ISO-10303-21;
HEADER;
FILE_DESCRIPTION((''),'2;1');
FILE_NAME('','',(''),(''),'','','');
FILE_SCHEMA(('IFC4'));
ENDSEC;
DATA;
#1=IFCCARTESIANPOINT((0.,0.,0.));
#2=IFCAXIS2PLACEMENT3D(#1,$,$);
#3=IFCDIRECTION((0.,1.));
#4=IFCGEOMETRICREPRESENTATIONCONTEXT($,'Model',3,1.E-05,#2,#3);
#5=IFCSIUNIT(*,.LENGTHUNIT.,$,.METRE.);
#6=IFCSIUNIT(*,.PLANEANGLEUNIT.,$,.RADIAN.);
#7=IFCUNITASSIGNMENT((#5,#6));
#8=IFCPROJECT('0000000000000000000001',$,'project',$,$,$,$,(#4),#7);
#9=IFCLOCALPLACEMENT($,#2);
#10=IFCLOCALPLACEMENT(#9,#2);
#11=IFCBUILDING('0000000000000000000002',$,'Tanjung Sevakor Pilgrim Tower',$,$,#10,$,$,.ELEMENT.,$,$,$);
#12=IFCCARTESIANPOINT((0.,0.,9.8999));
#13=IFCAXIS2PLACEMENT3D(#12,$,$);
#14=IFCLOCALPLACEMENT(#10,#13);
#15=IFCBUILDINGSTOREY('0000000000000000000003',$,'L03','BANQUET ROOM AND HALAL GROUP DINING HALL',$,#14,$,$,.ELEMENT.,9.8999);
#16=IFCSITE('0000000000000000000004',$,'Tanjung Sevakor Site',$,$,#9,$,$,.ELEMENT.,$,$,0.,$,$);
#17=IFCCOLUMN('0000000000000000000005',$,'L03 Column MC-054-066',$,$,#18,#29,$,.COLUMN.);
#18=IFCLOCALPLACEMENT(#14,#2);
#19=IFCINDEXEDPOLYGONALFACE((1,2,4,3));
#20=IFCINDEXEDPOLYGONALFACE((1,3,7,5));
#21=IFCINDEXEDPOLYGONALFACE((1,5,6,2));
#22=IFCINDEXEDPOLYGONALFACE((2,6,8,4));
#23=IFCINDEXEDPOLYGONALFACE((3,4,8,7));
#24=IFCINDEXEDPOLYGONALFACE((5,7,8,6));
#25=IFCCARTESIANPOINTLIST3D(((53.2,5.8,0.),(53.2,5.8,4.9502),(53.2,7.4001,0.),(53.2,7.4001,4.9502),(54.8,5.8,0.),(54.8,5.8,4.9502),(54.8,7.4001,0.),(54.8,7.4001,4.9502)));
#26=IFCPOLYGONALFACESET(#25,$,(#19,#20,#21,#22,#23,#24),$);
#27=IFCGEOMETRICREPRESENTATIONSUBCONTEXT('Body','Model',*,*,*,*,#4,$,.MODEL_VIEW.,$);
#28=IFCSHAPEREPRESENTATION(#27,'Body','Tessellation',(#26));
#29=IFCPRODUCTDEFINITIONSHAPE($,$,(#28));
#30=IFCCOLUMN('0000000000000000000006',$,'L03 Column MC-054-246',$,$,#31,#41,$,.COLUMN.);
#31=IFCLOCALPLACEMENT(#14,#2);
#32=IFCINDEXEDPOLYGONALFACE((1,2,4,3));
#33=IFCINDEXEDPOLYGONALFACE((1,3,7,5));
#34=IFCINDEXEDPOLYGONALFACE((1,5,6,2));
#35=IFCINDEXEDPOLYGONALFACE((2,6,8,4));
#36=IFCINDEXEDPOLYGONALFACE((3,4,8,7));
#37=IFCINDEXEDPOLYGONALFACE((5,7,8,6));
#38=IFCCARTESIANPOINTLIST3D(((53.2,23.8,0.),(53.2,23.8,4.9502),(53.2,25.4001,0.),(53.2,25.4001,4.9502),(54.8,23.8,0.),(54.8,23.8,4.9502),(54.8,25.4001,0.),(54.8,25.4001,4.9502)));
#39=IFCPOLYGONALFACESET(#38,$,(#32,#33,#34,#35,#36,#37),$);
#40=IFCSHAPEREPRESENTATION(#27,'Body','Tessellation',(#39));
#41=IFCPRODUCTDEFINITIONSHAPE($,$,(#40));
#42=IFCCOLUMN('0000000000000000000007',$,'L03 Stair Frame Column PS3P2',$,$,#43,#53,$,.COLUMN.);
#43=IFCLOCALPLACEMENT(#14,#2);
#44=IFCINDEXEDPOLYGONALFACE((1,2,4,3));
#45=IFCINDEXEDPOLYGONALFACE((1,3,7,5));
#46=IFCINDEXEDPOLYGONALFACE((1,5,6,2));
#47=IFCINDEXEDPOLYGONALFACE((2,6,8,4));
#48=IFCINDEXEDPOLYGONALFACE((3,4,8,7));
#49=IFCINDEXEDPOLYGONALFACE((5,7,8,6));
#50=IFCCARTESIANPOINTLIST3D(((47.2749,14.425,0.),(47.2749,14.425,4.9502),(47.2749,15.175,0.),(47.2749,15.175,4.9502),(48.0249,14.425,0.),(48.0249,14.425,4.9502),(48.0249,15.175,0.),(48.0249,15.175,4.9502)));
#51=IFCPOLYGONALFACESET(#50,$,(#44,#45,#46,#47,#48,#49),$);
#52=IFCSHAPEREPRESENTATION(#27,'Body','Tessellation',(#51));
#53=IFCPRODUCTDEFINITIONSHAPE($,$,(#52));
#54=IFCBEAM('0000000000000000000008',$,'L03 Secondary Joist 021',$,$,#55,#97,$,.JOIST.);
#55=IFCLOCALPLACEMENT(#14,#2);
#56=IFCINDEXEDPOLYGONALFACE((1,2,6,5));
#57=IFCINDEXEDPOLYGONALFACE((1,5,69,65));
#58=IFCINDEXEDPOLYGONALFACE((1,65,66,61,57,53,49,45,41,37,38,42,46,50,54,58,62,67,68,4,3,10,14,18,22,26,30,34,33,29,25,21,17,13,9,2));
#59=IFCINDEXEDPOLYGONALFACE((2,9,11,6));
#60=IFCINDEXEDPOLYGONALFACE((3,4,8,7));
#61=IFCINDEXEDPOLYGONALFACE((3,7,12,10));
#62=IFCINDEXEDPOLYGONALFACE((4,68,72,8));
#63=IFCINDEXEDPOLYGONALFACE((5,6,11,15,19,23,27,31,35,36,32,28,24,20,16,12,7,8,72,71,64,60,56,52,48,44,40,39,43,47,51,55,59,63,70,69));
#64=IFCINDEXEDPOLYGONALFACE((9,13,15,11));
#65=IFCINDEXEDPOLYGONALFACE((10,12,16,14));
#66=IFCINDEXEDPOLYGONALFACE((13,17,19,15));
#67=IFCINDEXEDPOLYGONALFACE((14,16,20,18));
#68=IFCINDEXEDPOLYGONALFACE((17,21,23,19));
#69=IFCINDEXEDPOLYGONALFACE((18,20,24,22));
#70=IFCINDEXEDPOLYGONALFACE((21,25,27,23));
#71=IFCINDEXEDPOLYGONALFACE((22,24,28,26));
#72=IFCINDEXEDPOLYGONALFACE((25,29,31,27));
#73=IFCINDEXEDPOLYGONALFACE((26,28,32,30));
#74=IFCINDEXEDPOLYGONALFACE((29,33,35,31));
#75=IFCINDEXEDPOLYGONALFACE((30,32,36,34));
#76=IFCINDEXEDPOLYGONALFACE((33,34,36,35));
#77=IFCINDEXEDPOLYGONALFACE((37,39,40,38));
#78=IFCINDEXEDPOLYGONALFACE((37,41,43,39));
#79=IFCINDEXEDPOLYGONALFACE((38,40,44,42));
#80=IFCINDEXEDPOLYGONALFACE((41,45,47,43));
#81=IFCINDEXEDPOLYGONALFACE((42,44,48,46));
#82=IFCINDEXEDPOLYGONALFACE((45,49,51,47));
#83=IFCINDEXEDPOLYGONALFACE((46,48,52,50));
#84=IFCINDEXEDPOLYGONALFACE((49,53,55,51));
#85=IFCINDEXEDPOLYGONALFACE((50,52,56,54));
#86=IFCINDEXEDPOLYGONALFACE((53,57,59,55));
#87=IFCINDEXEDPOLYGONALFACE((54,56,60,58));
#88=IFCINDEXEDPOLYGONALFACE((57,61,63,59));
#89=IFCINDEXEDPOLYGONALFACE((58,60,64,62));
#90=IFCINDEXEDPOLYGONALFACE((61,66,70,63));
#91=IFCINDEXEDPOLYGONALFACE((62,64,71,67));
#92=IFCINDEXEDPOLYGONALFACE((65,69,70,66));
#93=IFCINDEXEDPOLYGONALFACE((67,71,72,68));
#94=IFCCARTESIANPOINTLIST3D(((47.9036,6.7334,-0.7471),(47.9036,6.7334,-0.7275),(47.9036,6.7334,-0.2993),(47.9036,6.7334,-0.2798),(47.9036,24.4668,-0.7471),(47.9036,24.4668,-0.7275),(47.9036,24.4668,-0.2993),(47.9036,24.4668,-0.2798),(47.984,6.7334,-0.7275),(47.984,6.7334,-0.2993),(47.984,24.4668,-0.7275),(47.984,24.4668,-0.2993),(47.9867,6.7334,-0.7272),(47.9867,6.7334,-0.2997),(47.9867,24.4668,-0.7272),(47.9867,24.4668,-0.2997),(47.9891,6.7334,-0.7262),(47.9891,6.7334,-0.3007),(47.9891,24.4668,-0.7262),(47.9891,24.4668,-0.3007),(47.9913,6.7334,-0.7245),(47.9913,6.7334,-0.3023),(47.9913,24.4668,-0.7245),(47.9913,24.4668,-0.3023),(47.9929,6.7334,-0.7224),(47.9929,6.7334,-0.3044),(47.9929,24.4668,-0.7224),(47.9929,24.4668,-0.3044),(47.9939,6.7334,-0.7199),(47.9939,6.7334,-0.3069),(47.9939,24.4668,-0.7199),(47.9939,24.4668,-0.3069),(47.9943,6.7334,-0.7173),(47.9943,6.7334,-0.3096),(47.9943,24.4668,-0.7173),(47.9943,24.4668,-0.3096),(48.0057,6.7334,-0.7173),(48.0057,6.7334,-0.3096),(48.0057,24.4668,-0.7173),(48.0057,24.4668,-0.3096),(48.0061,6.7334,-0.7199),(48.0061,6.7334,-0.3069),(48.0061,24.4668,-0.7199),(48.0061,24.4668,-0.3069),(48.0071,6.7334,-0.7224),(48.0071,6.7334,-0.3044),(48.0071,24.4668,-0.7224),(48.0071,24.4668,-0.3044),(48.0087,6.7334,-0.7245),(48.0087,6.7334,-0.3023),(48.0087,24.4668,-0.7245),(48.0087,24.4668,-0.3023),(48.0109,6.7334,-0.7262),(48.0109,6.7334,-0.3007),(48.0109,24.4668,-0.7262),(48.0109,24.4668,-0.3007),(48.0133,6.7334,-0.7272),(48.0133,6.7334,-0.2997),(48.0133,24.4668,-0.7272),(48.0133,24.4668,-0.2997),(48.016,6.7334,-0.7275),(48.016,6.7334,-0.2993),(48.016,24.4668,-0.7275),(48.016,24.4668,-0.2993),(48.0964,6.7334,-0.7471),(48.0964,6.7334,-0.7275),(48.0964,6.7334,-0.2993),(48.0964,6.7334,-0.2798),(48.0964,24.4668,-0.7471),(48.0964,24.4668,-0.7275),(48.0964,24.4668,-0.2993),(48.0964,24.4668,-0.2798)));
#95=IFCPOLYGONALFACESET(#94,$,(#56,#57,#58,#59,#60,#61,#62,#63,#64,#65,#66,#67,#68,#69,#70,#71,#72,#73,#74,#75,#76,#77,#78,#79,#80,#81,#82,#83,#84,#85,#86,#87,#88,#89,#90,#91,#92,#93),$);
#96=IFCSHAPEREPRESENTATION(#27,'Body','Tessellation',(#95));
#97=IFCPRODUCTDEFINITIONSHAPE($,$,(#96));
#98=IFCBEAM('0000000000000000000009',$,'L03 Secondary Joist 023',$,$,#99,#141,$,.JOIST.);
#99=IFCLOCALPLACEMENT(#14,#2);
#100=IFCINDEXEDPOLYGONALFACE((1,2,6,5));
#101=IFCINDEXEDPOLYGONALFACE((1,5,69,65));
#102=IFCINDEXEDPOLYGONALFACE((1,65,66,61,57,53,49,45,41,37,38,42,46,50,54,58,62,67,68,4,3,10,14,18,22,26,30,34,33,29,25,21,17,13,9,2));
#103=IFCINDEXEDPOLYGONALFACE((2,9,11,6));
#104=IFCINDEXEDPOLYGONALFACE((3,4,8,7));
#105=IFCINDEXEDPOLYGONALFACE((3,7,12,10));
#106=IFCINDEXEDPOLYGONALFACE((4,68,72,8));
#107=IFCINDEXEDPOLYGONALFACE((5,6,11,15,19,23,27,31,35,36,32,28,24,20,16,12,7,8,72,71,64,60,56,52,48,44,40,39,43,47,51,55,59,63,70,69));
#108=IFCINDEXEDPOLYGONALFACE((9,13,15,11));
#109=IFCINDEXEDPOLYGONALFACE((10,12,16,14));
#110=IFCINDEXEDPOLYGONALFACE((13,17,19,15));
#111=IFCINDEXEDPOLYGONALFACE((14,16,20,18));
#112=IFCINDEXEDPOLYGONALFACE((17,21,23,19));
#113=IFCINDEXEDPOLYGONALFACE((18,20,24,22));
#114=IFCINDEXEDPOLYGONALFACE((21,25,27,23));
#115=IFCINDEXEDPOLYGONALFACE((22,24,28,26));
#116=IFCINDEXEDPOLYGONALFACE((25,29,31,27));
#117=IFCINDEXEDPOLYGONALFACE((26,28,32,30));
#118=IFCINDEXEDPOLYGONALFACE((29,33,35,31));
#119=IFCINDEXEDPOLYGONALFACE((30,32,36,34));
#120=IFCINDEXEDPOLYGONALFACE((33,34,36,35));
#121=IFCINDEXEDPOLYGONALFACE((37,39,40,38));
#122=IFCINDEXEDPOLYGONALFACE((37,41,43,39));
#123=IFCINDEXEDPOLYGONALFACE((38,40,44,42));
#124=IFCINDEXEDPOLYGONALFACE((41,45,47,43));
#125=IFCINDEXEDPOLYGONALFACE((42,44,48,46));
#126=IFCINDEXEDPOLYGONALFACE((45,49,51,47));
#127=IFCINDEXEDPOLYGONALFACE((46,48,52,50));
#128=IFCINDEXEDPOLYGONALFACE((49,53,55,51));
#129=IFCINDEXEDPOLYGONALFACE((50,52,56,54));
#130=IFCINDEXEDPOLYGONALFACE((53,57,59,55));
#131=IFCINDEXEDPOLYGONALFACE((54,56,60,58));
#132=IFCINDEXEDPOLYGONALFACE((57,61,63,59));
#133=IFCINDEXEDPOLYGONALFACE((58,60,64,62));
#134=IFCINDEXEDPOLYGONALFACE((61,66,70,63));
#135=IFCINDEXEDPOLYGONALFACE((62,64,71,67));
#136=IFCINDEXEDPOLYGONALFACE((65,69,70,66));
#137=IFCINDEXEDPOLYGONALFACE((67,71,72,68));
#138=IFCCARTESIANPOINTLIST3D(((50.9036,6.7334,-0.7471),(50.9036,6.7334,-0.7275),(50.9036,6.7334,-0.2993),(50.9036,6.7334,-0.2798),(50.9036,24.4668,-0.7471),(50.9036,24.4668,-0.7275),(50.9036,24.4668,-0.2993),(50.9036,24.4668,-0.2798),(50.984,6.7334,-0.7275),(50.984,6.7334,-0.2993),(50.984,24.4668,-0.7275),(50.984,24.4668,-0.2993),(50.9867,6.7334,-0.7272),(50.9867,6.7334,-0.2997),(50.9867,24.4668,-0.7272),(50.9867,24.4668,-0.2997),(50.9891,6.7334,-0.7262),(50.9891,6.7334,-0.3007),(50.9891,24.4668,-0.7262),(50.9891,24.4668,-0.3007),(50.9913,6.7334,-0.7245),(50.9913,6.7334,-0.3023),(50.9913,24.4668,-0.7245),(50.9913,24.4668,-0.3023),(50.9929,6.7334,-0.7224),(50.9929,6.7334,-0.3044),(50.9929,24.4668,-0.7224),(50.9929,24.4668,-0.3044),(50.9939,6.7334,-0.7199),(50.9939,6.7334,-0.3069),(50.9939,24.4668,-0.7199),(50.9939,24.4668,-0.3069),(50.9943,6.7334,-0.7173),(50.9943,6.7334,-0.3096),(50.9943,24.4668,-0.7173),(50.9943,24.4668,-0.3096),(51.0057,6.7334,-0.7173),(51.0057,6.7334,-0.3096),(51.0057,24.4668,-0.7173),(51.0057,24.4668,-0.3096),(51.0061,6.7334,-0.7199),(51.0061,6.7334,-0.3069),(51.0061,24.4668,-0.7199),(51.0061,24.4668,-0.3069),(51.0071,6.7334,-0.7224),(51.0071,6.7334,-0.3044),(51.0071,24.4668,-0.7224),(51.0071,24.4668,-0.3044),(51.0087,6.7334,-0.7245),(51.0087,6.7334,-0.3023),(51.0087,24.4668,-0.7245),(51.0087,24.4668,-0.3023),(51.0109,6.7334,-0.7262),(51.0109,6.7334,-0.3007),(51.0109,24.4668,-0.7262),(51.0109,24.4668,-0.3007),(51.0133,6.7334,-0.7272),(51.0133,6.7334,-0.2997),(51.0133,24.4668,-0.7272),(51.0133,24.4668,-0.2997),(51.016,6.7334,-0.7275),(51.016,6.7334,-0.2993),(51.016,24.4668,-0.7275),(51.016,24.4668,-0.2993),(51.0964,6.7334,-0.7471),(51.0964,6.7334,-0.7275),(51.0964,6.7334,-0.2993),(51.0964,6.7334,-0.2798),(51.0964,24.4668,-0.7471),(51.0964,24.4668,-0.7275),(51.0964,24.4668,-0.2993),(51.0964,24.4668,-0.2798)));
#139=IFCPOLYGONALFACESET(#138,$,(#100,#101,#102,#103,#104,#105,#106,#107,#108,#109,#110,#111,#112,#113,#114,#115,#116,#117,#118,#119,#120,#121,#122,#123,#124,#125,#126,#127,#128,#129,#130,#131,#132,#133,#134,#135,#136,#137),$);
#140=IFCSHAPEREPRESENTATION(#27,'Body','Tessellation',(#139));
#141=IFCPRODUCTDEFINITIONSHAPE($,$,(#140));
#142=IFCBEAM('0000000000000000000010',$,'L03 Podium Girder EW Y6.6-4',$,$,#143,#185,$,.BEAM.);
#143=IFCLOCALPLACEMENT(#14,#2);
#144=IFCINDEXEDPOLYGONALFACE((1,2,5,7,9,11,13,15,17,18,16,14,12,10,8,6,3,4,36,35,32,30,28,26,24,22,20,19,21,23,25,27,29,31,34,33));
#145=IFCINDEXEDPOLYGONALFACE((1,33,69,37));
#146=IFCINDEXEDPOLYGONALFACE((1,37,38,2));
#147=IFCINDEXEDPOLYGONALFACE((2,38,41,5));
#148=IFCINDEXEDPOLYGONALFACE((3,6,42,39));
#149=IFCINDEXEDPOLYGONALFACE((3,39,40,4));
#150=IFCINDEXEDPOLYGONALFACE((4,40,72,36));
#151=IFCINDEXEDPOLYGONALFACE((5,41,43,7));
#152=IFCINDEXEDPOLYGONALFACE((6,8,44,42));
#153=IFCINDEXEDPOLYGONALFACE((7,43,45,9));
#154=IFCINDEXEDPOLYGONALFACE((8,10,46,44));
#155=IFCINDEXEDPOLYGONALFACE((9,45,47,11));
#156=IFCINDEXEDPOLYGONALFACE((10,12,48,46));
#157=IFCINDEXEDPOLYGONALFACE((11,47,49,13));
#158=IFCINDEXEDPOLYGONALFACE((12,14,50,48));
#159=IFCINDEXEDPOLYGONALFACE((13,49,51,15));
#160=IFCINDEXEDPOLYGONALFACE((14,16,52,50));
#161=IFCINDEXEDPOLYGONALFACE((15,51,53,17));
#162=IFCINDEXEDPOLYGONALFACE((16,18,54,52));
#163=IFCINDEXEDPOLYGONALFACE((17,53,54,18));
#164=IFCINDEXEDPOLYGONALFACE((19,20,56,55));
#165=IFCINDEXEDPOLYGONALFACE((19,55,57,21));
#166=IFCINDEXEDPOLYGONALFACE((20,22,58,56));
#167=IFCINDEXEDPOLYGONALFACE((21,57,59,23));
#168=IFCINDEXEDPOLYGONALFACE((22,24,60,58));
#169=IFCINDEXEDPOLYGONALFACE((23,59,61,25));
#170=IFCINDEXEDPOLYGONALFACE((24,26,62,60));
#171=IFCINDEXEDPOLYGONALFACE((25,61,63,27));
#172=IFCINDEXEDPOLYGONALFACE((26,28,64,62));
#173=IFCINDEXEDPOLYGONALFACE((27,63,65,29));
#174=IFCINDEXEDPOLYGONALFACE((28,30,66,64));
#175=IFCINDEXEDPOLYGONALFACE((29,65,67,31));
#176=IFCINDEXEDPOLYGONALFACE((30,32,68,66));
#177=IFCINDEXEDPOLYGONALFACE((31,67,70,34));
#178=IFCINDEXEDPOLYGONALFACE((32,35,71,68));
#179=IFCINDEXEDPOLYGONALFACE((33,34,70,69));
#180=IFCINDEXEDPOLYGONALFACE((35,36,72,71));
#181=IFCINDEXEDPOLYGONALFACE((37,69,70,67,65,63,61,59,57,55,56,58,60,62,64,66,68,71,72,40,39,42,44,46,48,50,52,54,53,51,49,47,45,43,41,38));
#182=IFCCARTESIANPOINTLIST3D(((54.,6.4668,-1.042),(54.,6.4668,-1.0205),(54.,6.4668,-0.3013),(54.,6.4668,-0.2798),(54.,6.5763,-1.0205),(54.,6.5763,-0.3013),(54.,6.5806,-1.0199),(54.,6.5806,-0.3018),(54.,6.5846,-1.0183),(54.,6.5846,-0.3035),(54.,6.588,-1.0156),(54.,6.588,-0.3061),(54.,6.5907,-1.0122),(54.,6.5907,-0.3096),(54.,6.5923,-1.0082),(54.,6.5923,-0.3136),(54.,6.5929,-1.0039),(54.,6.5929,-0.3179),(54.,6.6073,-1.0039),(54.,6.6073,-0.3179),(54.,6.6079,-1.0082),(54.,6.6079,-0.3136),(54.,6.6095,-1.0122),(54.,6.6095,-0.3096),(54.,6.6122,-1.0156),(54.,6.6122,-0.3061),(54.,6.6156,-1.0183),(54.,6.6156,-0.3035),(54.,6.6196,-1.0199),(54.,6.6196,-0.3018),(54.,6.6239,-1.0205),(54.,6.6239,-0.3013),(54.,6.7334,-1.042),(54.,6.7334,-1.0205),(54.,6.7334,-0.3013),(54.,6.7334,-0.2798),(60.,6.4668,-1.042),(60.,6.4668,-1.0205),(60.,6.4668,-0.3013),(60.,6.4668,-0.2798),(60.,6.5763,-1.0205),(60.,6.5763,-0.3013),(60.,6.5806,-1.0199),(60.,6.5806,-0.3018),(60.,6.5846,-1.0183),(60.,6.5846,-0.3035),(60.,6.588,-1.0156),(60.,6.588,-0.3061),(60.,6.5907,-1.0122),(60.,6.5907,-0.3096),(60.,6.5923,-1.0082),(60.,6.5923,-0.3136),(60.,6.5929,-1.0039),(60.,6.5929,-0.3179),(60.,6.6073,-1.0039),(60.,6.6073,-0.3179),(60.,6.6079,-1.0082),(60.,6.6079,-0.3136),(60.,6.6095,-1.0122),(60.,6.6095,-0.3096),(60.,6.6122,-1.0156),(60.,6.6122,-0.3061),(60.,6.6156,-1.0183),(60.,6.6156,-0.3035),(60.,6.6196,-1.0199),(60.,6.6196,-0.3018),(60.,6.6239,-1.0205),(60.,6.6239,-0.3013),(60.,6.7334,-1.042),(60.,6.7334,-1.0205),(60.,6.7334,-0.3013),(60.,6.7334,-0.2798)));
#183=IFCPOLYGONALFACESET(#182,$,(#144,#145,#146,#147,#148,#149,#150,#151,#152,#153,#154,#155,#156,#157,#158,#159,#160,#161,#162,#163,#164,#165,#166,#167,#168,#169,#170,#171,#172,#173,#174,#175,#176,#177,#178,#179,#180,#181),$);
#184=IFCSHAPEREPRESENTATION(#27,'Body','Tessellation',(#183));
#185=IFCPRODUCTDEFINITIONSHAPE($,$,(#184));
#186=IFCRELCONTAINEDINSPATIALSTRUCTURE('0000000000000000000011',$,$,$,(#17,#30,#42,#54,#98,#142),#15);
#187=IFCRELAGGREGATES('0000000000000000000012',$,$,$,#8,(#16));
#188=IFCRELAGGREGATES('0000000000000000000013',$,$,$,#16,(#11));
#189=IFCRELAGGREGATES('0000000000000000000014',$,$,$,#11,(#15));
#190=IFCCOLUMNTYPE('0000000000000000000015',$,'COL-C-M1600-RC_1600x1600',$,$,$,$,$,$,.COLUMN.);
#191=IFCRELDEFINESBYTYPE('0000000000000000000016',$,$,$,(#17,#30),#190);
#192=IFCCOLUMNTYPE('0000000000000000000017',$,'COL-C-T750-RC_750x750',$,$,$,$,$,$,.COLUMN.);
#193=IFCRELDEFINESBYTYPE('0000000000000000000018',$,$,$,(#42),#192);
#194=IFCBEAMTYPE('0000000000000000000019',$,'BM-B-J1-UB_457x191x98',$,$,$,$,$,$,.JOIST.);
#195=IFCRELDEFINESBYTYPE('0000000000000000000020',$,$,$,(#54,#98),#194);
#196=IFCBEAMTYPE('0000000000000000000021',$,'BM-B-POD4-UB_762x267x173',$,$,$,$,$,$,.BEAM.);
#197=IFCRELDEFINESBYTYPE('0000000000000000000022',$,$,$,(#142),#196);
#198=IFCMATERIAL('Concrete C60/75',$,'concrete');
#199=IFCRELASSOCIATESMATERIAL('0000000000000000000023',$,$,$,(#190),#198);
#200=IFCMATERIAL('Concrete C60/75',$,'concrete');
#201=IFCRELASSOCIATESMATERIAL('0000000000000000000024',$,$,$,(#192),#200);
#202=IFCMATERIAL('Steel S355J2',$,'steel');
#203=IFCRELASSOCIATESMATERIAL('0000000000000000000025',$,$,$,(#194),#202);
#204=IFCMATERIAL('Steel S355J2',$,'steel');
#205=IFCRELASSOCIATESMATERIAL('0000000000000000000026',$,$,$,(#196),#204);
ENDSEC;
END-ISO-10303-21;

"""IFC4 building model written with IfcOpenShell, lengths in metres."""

from ifc_helpers import new_model, si_unit, direction, frame, origin, origin_2d, place, context, subcontext, project, spatial, rectangle, i_section, extrude, material, material_profile, profile_set, type_object, element, save


model = new_model("IFC4")

# Units and contexts
model_context = context("Model", 3, precision=1e-05, world=origin(), true_north=direction((0.0, 1.0)))
body_context = subcontext(model_context, "Body", "Model", "MODEL_VIEW")
ifc_project = project(units=[si_unit("LENGTHUNIT", "METRE"), si_unit("PLANEANGLEUNIT", "RADIAN")], contexts=[model_context])

# Site, building, storey
site_placement = place(None, origin())
site = spatial("IfcSite", under=ifc_project, at=site_placement, Name="Tanjung Sevakor Site", CompositionType="ELEMENT", RefElevation=0.0)
building_placement = place(site_placement, origin())
building = spatial("IfcBuilding", under=site, at=building_placement, Name="Tanjung Sevakor Pilgrim Tower", CompositionType="ELEMENT")
storey_placement = place(building_placement, frame((0.0, 0.0, 9.8999)))
storey = spatial("IfcBuildingStorey", under=building, at=storey_placement, Name="L03", Description="BANQUET ROOM AND HALAL GROUP DINING HALL", CompositionType="ELEMENT", Elevation=9.8999)

# Columns
ifc_material_1 = material(Name="Concrete C60/75", Category="concrete")
ifc_material_profile_1 = material_profile(ifc_material_1, rectangle(XDim=1.6001, YDim=1.6001, at=origin_2d()))
ifc_profile_set_1 = profile_set([ifc_material_profile_1], Name="Concrete C60/75")
column_type_1 = type_object("IfcColumnType", Name="COL-C-M1600-RC_1600x1600", PredefinedType="COLUMN", material=ifc_profile_set_1)
for number, where, z_axis, x_axis, name in (
    (1, (54.0, 6.6001, 0.0), (0.0, 0.0, 1.0), (1.0, 0.0, 0.0), "L03 Column MC-054-066"),
    (2, (54.0, 24.6001, 0.0), (0.0, 0.0, 1.0), (1.0, 0.0, 0.0), "L03 Column MC-054-246"),
):
    element("IfcColumn", number, at=place(storey_placement, frame(where, z_axis=z_axis, x_axis=x_axis)), inside=storey, type_object=column_type_1, Name=name, PredefinedType="COLUMN", context=body_context, shape_type="SweptSolid", body=[
        extrude(rectangle(XDim=1.6001, YDim=1.6001, at=origin_2d()), origin(), (0.0, 0.0, 1.0), 4.9502),
    ])
ifc_material_2 = material(Name="Concrete C60/75", Category="concrete")
ifc_material_profile_2 = material_profile(ifc_material_2, rectangle(XDim=0.75, YDim=0.75, at=origin_2d()))
ifc_profile_set_2 = profile_set([ifc_material_profile_2], Name="Concrete C60/75")
column_type_2 = type_object("IfcColumnType", Name="COL-C-T750-RC_750x750", PredefinedType="COLUMN", material=ifc_profile_set_2)
column_placement = place(storey_placement, frame((47.6499, 14.8, 0.0), z_axis=(0.0, 0.0, 1.0), x_axis=(1.0, 0.0, 0.0)))
element("IfcColumn", 3, at=column_placement, inside=storey, type_object=column_type_2, Name="L03 Stair Frame Column PS3P2", PredefinedType="COLUMN", context=body_context, shape_type="SweptSolid", body=[
    extrude(rectangle(XDim=0.75, YDim=0.75, at=origin_2d()), origin(), (0.0, 0.0, 1.0), 4.9502),
])

# Beams
ifc_material_3 = material(Name="Steel S355J2", Category="steel")
ifc_material_profile_3 = material_profile(ifc_material_3, i_section(OverallWidth=0.1929, OverallDepth=0.4673, WebThickness=0.0115, FlangeThickness=0.0195, FilletRadius=0.0103, at=origin_2d()))
ifc_profile_set_3 = profile_set([ifc_material_profile_3], Name="Steel S355J2")
beam_type_1 = type_object("IfcBeamType", Name="BM-B-J1-UB_457x191x98", PredefinedType="JOIST", material=ifc_profile_set_3)
for number, where, z_axis, x_axis, name in (
    (4, (48.0, 6.7334, -0.5134), (0.0, 1.0, 0.0), (-1.0, 0.0, 0.0), "L03 Secondary Joist 021"),
    (5, (51.0, 6.7334, -0.5134), (0.0, 1.0, 0.0), (-1.0, 0.0, 0.0), "L03 Secondary Joist 023"),
):
    element("IfcBeam", number, at=place(storey_placement, frame(where, z_axis=z_axis, x_axis=x_axis)), inside=storey, type_object=beam_type_1, Name=name, PredefinedType="JOIST", context=body_context, shape_type="SweptSolid", body=[
        extrude(i_section(OverallWidth=0.1929, OverallDepth=0.4673, WebThickness=0.0115, FlangeThickness=0.0195, FilletRadius=0.0103, at=origin_2d()), origin(), (0.0, 0.0, 1.0), 17.7334),
    ])
ifc_material_4 = material(Name="Steel S355J2", Category="steel")
ifc_material_profile_4 = material_profile(ifc_material_4, i_section(OverallWidth=0.2666, OverallDepth=0.7622, WebThickness=0.0144, FlangeThickness=0.0215, FilletRadius=0.0166, at=origin_2d()))
ifc_profile_set_4 = profile_set([ifc_material_profile_4], Name="Steel S355J2")
beam_type_2 = type_object("IfcBeamType", Name="BM-B-POD4-UB_762x267x173", PredefinedType="BEAM", material=ifc_profile_set_4)
for number, where, z_axis, x_axis, name in (
    (6, (54.0, 6.6001, -0.6609), (1.0, 0.0, 0.0), (0.0, 1.0, 0.0), "L03 Podium Girder EW Y6.6-4"),
):
    element("IfcBeam", number, at=place(storey_placement, frame(where, z_axis=z_axis, x_axis=x_axis)), inside=storey, type_object=beam_type_2, Name=name, PredefinedType="BEAM", context=body_context, shape_type="SweptSolid", body=[
        extrude(i_section(OverallWidth=0.2666, OverallDepth=0.7622, WebThickness=0.0144, FlangeThickness=0.0215, FilletRadius=0.0166, at=origin_2d()), origin(), (0.0, 0.0, 1.0), 6.0),
    ])

save(model, "model.ifc")
